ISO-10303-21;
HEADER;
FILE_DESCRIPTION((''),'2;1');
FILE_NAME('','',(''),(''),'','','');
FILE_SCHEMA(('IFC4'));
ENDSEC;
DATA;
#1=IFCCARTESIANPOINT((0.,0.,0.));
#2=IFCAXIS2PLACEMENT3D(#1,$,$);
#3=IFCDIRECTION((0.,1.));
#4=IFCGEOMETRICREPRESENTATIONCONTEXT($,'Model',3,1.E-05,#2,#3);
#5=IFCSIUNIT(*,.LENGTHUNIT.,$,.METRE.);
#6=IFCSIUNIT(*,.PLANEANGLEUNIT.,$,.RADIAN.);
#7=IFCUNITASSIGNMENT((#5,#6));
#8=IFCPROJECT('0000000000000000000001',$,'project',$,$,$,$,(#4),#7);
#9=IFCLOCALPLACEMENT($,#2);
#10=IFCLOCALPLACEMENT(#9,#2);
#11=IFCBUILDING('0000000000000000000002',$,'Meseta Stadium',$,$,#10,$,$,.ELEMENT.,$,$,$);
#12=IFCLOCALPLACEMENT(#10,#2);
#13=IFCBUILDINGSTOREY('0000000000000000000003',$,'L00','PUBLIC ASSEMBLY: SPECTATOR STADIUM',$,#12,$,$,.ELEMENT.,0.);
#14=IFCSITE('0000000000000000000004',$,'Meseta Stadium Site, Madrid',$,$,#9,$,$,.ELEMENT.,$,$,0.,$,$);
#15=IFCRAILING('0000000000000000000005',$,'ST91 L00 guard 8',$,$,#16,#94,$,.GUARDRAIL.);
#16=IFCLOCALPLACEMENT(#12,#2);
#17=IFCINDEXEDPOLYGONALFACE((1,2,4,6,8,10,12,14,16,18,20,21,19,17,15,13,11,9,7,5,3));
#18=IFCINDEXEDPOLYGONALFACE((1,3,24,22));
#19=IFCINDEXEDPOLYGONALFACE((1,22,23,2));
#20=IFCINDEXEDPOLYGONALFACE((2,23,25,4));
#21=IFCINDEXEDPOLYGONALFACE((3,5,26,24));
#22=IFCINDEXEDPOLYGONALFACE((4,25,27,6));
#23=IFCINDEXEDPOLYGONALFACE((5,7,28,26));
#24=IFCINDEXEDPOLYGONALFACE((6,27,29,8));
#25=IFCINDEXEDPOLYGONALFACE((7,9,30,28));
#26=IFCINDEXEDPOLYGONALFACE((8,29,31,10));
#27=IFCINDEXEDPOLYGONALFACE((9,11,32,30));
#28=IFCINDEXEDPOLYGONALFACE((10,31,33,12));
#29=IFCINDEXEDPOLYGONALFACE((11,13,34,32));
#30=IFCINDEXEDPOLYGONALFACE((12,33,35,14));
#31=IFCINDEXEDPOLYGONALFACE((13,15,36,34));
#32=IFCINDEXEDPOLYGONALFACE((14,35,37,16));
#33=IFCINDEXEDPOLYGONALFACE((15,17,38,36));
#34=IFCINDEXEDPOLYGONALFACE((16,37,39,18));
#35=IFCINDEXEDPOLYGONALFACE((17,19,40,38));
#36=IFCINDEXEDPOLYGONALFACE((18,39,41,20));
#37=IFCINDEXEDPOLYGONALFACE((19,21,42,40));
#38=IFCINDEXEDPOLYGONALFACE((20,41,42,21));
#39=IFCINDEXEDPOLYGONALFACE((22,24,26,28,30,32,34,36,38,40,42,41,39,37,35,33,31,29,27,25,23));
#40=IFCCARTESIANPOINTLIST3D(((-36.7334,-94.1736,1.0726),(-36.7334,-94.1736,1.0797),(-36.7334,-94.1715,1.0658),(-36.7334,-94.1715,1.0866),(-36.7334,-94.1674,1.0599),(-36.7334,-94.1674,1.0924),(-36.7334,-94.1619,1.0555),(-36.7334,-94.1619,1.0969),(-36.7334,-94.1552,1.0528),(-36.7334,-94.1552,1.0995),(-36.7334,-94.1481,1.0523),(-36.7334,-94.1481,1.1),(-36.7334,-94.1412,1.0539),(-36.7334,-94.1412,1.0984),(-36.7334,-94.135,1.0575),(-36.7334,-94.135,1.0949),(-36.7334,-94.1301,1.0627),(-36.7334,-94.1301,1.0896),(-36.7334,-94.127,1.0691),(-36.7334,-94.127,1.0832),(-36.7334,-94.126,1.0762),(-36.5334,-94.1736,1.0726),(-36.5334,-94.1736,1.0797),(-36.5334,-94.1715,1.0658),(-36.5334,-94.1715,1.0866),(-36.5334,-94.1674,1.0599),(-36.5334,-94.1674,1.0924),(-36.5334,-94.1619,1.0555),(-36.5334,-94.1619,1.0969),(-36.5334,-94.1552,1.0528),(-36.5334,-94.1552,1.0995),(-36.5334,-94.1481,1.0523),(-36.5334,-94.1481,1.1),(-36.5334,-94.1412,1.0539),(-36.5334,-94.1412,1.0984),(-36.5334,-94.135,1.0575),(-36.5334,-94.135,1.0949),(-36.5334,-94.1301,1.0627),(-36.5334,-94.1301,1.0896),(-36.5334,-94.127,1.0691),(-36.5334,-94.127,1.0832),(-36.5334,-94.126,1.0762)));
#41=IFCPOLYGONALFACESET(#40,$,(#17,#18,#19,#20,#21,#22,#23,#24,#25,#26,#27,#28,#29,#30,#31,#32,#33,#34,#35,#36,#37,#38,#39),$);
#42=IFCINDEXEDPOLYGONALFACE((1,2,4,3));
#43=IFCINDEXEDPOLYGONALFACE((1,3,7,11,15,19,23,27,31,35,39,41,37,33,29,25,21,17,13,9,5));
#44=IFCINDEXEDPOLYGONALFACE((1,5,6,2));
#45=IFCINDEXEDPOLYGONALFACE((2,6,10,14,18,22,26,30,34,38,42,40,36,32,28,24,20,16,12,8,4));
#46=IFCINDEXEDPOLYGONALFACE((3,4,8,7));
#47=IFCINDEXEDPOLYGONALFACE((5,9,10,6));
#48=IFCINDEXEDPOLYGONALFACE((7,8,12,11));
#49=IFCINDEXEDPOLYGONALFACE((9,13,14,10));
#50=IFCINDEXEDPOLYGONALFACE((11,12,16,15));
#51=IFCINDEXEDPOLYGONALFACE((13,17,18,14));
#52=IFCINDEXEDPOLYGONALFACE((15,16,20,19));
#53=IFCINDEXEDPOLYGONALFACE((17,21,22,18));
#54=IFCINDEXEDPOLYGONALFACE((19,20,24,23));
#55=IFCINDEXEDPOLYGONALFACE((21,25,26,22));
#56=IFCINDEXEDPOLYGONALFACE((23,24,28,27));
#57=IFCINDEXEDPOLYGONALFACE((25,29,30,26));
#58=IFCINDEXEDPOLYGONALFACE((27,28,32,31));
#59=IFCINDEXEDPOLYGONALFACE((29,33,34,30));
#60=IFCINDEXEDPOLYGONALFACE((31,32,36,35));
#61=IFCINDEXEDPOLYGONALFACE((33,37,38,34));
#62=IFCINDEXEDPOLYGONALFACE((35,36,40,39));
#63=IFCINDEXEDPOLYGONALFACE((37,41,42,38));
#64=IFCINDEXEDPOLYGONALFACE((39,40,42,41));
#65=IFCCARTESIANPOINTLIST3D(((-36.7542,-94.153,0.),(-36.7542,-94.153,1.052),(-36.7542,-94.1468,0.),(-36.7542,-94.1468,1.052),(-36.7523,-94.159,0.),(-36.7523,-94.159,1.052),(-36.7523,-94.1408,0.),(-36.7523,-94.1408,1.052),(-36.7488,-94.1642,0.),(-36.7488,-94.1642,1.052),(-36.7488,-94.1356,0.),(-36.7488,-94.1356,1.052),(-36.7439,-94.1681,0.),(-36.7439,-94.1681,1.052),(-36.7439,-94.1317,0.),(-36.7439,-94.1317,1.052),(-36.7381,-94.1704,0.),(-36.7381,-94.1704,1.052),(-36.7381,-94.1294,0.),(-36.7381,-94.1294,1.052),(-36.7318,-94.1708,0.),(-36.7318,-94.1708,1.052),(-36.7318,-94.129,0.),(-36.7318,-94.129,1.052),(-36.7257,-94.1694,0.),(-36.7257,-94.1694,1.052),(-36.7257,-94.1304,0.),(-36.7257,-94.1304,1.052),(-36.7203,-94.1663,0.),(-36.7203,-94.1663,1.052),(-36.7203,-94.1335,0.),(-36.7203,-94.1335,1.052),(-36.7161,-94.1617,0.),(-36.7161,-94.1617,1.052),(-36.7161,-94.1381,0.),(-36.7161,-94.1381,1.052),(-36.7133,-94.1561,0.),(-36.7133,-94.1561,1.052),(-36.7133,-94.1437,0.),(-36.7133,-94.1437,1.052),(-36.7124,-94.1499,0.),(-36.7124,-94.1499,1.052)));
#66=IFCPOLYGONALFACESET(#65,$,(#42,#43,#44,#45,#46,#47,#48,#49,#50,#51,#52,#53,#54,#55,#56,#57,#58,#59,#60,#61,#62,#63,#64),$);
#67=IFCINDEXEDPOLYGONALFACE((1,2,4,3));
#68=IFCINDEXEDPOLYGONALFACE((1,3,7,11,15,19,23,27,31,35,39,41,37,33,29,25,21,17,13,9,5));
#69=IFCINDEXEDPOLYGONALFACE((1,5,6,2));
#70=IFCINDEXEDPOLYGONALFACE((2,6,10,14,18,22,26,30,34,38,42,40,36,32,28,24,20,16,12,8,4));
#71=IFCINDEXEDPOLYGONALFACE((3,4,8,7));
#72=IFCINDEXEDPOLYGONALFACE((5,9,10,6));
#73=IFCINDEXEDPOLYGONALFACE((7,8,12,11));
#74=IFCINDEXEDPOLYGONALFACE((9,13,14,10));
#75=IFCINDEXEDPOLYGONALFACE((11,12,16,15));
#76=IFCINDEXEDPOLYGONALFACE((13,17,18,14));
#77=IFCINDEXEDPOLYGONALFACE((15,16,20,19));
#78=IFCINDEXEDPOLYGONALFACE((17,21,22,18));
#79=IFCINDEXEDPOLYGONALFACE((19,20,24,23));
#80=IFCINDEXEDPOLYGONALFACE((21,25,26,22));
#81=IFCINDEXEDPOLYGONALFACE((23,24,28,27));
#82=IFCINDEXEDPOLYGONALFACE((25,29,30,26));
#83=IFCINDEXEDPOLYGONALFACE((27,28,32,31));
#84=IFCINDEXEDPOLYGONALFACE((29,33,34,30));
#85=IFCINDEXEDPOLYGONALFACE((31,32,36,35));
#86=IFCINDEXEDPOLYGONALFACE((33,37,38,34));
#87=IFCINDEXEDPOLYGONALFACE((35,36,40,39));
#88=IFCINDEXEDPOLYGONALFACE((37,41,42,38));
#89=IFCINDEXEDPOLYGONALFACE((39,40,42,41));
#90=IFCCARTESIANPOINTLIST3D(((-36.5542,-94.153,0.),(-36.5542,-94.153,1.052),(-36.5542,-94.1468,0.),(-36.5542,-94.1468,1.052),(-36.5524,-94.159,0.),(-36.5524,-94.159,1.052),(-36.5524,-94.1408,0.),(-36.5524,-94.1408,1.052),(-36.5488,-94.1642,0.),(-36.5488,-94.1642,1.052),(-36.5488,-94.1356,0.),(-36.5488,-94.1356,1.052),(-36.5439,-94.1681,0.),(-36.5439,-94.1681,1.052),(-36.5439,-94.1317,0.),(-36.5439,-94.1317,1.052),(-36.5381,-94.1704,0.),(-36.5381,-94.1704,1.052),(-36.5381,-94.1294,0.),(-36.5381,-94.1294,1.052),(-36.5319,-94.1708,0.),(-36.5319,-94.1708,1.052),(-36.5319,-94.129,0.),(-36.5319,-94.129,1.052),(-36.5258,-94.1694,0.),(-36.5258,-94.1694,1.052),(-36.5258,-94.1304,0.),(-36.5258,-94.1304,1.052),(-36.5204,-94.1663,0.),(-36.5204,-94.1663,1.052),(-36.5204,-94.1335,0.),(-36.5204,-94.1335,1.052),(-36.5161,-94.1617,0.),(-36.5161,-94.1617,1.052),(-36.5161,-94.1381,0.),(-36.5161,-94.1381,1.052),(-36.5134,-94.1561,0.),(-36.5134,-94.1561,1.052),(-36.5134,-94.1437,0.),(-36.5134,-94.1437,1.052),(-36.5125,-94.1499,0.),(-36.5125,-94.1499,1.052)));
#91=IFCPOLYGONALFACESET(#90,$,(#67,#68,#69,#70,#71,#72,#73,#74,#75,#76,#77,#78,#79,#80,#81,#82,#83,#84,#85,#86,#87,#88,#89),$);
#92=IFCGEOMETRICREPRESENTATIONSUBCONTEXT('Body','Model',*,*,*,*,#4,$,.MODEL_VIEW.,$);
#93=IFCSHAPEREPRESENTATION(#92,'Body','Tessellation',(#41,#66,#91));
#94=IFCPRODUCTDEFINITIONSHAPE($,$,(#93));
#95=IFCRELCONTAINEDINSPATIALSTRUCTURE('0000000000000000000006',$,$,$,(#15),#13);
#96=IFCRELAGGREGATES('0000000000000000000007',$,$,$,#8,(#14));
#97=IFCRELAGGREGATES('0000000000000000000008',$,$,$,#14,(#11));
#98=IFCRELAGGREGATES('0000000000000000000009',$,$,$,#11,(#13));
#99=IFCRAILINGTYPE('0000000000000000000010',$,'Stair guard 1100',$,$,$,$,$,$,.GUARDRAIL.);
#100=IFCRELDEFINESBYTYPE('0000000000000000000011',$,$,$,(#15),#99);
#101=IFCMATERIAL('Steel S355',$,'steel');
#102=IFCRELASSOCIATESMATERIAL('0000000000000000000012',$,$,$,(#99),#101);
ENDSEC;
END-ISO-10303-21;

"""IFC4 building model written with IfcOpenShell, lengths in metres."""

from ifc_helpers import new_model, si_unit, direction, frame, origin, origin_2d, place, context, subcontext, project, spatial, circle, extrude, material, type_object, element, save


model = new_model("IFC4")

# Units and contexts
model_context = context("Model", 3, precision=1e-05, world=origin(), true_north=direction((0.0, 1.0)))
body_context = subcontext(model_context, "Body", "Model", "MODEL_VIEW")
ifc_project = project(units=[si_unit("LENGTHUNIT", "METRE"), si_unit("PLANEANGLEUNIT", "RADIAN")], contexts=[model_context])

# Site, building, storey
site_placement = place(None, origin())
site = spatial("IfcSite", under=ifc_project, at=site_placement, Name="Meseta Stadium Site, Madrid", CompositionType="ELEMENT", RefElevation=0.0)
building_placement = place(site_placement, origin())
building = spatial("IfcBuilding", under=site, at=building_placement, Name="Meseta Stadium", CompositionType="ELEMENT")
storey_placement = place(building_placement, origin())
storey = spatial("IfcBuildingStorey", under=building, at=storey_placement, Name="L00", Description="PUBLIC ASSEMBLY: SPECTATOR STADIUM", CompositionType="ELEMENT", Elevation=0.0)

# Railing
ifc_material_1 = material(Name="Steel S355", Category="steel")
railing_type_1 = type_object("IfcRailingType", Name="Stair guard 1100", PredefinedType="GUARDRAIL", material=ifc_material_1)
railing_1_placement = place(storey_placement, frame((-36.7334, -94.1499, 0.0)))
element("IfcRailing", 1, at=railing_1_placement, inside=storey, type_object=railing_type_1, Name="ST91 L00 guard 8", PredefinedType="GUARDRAIL", context=body_context, shape_type="SweptSolid", body=[
    extrude(circle(Radius=0.0239, at=origin_2d()), frame((0.0, 0.0, 1.0762), z_axis=(1.0, 0.0, 0.0), x_axis=(0.0, 1.0, 0.0)), (0.0, 0.0, 1.0), 0.2),
    extrude(circle(Radius=0.021, at=origin_2d()), origin(), (0.0, 0.0, 1.0), 1.052),
    extrude(circle(Radius=0.021, at=origin_2d()), frame((0.2, 0.0, 0.0)), (0.0, 0.0, 1.0), 1.052),
])

save(model, "model.ifc")
